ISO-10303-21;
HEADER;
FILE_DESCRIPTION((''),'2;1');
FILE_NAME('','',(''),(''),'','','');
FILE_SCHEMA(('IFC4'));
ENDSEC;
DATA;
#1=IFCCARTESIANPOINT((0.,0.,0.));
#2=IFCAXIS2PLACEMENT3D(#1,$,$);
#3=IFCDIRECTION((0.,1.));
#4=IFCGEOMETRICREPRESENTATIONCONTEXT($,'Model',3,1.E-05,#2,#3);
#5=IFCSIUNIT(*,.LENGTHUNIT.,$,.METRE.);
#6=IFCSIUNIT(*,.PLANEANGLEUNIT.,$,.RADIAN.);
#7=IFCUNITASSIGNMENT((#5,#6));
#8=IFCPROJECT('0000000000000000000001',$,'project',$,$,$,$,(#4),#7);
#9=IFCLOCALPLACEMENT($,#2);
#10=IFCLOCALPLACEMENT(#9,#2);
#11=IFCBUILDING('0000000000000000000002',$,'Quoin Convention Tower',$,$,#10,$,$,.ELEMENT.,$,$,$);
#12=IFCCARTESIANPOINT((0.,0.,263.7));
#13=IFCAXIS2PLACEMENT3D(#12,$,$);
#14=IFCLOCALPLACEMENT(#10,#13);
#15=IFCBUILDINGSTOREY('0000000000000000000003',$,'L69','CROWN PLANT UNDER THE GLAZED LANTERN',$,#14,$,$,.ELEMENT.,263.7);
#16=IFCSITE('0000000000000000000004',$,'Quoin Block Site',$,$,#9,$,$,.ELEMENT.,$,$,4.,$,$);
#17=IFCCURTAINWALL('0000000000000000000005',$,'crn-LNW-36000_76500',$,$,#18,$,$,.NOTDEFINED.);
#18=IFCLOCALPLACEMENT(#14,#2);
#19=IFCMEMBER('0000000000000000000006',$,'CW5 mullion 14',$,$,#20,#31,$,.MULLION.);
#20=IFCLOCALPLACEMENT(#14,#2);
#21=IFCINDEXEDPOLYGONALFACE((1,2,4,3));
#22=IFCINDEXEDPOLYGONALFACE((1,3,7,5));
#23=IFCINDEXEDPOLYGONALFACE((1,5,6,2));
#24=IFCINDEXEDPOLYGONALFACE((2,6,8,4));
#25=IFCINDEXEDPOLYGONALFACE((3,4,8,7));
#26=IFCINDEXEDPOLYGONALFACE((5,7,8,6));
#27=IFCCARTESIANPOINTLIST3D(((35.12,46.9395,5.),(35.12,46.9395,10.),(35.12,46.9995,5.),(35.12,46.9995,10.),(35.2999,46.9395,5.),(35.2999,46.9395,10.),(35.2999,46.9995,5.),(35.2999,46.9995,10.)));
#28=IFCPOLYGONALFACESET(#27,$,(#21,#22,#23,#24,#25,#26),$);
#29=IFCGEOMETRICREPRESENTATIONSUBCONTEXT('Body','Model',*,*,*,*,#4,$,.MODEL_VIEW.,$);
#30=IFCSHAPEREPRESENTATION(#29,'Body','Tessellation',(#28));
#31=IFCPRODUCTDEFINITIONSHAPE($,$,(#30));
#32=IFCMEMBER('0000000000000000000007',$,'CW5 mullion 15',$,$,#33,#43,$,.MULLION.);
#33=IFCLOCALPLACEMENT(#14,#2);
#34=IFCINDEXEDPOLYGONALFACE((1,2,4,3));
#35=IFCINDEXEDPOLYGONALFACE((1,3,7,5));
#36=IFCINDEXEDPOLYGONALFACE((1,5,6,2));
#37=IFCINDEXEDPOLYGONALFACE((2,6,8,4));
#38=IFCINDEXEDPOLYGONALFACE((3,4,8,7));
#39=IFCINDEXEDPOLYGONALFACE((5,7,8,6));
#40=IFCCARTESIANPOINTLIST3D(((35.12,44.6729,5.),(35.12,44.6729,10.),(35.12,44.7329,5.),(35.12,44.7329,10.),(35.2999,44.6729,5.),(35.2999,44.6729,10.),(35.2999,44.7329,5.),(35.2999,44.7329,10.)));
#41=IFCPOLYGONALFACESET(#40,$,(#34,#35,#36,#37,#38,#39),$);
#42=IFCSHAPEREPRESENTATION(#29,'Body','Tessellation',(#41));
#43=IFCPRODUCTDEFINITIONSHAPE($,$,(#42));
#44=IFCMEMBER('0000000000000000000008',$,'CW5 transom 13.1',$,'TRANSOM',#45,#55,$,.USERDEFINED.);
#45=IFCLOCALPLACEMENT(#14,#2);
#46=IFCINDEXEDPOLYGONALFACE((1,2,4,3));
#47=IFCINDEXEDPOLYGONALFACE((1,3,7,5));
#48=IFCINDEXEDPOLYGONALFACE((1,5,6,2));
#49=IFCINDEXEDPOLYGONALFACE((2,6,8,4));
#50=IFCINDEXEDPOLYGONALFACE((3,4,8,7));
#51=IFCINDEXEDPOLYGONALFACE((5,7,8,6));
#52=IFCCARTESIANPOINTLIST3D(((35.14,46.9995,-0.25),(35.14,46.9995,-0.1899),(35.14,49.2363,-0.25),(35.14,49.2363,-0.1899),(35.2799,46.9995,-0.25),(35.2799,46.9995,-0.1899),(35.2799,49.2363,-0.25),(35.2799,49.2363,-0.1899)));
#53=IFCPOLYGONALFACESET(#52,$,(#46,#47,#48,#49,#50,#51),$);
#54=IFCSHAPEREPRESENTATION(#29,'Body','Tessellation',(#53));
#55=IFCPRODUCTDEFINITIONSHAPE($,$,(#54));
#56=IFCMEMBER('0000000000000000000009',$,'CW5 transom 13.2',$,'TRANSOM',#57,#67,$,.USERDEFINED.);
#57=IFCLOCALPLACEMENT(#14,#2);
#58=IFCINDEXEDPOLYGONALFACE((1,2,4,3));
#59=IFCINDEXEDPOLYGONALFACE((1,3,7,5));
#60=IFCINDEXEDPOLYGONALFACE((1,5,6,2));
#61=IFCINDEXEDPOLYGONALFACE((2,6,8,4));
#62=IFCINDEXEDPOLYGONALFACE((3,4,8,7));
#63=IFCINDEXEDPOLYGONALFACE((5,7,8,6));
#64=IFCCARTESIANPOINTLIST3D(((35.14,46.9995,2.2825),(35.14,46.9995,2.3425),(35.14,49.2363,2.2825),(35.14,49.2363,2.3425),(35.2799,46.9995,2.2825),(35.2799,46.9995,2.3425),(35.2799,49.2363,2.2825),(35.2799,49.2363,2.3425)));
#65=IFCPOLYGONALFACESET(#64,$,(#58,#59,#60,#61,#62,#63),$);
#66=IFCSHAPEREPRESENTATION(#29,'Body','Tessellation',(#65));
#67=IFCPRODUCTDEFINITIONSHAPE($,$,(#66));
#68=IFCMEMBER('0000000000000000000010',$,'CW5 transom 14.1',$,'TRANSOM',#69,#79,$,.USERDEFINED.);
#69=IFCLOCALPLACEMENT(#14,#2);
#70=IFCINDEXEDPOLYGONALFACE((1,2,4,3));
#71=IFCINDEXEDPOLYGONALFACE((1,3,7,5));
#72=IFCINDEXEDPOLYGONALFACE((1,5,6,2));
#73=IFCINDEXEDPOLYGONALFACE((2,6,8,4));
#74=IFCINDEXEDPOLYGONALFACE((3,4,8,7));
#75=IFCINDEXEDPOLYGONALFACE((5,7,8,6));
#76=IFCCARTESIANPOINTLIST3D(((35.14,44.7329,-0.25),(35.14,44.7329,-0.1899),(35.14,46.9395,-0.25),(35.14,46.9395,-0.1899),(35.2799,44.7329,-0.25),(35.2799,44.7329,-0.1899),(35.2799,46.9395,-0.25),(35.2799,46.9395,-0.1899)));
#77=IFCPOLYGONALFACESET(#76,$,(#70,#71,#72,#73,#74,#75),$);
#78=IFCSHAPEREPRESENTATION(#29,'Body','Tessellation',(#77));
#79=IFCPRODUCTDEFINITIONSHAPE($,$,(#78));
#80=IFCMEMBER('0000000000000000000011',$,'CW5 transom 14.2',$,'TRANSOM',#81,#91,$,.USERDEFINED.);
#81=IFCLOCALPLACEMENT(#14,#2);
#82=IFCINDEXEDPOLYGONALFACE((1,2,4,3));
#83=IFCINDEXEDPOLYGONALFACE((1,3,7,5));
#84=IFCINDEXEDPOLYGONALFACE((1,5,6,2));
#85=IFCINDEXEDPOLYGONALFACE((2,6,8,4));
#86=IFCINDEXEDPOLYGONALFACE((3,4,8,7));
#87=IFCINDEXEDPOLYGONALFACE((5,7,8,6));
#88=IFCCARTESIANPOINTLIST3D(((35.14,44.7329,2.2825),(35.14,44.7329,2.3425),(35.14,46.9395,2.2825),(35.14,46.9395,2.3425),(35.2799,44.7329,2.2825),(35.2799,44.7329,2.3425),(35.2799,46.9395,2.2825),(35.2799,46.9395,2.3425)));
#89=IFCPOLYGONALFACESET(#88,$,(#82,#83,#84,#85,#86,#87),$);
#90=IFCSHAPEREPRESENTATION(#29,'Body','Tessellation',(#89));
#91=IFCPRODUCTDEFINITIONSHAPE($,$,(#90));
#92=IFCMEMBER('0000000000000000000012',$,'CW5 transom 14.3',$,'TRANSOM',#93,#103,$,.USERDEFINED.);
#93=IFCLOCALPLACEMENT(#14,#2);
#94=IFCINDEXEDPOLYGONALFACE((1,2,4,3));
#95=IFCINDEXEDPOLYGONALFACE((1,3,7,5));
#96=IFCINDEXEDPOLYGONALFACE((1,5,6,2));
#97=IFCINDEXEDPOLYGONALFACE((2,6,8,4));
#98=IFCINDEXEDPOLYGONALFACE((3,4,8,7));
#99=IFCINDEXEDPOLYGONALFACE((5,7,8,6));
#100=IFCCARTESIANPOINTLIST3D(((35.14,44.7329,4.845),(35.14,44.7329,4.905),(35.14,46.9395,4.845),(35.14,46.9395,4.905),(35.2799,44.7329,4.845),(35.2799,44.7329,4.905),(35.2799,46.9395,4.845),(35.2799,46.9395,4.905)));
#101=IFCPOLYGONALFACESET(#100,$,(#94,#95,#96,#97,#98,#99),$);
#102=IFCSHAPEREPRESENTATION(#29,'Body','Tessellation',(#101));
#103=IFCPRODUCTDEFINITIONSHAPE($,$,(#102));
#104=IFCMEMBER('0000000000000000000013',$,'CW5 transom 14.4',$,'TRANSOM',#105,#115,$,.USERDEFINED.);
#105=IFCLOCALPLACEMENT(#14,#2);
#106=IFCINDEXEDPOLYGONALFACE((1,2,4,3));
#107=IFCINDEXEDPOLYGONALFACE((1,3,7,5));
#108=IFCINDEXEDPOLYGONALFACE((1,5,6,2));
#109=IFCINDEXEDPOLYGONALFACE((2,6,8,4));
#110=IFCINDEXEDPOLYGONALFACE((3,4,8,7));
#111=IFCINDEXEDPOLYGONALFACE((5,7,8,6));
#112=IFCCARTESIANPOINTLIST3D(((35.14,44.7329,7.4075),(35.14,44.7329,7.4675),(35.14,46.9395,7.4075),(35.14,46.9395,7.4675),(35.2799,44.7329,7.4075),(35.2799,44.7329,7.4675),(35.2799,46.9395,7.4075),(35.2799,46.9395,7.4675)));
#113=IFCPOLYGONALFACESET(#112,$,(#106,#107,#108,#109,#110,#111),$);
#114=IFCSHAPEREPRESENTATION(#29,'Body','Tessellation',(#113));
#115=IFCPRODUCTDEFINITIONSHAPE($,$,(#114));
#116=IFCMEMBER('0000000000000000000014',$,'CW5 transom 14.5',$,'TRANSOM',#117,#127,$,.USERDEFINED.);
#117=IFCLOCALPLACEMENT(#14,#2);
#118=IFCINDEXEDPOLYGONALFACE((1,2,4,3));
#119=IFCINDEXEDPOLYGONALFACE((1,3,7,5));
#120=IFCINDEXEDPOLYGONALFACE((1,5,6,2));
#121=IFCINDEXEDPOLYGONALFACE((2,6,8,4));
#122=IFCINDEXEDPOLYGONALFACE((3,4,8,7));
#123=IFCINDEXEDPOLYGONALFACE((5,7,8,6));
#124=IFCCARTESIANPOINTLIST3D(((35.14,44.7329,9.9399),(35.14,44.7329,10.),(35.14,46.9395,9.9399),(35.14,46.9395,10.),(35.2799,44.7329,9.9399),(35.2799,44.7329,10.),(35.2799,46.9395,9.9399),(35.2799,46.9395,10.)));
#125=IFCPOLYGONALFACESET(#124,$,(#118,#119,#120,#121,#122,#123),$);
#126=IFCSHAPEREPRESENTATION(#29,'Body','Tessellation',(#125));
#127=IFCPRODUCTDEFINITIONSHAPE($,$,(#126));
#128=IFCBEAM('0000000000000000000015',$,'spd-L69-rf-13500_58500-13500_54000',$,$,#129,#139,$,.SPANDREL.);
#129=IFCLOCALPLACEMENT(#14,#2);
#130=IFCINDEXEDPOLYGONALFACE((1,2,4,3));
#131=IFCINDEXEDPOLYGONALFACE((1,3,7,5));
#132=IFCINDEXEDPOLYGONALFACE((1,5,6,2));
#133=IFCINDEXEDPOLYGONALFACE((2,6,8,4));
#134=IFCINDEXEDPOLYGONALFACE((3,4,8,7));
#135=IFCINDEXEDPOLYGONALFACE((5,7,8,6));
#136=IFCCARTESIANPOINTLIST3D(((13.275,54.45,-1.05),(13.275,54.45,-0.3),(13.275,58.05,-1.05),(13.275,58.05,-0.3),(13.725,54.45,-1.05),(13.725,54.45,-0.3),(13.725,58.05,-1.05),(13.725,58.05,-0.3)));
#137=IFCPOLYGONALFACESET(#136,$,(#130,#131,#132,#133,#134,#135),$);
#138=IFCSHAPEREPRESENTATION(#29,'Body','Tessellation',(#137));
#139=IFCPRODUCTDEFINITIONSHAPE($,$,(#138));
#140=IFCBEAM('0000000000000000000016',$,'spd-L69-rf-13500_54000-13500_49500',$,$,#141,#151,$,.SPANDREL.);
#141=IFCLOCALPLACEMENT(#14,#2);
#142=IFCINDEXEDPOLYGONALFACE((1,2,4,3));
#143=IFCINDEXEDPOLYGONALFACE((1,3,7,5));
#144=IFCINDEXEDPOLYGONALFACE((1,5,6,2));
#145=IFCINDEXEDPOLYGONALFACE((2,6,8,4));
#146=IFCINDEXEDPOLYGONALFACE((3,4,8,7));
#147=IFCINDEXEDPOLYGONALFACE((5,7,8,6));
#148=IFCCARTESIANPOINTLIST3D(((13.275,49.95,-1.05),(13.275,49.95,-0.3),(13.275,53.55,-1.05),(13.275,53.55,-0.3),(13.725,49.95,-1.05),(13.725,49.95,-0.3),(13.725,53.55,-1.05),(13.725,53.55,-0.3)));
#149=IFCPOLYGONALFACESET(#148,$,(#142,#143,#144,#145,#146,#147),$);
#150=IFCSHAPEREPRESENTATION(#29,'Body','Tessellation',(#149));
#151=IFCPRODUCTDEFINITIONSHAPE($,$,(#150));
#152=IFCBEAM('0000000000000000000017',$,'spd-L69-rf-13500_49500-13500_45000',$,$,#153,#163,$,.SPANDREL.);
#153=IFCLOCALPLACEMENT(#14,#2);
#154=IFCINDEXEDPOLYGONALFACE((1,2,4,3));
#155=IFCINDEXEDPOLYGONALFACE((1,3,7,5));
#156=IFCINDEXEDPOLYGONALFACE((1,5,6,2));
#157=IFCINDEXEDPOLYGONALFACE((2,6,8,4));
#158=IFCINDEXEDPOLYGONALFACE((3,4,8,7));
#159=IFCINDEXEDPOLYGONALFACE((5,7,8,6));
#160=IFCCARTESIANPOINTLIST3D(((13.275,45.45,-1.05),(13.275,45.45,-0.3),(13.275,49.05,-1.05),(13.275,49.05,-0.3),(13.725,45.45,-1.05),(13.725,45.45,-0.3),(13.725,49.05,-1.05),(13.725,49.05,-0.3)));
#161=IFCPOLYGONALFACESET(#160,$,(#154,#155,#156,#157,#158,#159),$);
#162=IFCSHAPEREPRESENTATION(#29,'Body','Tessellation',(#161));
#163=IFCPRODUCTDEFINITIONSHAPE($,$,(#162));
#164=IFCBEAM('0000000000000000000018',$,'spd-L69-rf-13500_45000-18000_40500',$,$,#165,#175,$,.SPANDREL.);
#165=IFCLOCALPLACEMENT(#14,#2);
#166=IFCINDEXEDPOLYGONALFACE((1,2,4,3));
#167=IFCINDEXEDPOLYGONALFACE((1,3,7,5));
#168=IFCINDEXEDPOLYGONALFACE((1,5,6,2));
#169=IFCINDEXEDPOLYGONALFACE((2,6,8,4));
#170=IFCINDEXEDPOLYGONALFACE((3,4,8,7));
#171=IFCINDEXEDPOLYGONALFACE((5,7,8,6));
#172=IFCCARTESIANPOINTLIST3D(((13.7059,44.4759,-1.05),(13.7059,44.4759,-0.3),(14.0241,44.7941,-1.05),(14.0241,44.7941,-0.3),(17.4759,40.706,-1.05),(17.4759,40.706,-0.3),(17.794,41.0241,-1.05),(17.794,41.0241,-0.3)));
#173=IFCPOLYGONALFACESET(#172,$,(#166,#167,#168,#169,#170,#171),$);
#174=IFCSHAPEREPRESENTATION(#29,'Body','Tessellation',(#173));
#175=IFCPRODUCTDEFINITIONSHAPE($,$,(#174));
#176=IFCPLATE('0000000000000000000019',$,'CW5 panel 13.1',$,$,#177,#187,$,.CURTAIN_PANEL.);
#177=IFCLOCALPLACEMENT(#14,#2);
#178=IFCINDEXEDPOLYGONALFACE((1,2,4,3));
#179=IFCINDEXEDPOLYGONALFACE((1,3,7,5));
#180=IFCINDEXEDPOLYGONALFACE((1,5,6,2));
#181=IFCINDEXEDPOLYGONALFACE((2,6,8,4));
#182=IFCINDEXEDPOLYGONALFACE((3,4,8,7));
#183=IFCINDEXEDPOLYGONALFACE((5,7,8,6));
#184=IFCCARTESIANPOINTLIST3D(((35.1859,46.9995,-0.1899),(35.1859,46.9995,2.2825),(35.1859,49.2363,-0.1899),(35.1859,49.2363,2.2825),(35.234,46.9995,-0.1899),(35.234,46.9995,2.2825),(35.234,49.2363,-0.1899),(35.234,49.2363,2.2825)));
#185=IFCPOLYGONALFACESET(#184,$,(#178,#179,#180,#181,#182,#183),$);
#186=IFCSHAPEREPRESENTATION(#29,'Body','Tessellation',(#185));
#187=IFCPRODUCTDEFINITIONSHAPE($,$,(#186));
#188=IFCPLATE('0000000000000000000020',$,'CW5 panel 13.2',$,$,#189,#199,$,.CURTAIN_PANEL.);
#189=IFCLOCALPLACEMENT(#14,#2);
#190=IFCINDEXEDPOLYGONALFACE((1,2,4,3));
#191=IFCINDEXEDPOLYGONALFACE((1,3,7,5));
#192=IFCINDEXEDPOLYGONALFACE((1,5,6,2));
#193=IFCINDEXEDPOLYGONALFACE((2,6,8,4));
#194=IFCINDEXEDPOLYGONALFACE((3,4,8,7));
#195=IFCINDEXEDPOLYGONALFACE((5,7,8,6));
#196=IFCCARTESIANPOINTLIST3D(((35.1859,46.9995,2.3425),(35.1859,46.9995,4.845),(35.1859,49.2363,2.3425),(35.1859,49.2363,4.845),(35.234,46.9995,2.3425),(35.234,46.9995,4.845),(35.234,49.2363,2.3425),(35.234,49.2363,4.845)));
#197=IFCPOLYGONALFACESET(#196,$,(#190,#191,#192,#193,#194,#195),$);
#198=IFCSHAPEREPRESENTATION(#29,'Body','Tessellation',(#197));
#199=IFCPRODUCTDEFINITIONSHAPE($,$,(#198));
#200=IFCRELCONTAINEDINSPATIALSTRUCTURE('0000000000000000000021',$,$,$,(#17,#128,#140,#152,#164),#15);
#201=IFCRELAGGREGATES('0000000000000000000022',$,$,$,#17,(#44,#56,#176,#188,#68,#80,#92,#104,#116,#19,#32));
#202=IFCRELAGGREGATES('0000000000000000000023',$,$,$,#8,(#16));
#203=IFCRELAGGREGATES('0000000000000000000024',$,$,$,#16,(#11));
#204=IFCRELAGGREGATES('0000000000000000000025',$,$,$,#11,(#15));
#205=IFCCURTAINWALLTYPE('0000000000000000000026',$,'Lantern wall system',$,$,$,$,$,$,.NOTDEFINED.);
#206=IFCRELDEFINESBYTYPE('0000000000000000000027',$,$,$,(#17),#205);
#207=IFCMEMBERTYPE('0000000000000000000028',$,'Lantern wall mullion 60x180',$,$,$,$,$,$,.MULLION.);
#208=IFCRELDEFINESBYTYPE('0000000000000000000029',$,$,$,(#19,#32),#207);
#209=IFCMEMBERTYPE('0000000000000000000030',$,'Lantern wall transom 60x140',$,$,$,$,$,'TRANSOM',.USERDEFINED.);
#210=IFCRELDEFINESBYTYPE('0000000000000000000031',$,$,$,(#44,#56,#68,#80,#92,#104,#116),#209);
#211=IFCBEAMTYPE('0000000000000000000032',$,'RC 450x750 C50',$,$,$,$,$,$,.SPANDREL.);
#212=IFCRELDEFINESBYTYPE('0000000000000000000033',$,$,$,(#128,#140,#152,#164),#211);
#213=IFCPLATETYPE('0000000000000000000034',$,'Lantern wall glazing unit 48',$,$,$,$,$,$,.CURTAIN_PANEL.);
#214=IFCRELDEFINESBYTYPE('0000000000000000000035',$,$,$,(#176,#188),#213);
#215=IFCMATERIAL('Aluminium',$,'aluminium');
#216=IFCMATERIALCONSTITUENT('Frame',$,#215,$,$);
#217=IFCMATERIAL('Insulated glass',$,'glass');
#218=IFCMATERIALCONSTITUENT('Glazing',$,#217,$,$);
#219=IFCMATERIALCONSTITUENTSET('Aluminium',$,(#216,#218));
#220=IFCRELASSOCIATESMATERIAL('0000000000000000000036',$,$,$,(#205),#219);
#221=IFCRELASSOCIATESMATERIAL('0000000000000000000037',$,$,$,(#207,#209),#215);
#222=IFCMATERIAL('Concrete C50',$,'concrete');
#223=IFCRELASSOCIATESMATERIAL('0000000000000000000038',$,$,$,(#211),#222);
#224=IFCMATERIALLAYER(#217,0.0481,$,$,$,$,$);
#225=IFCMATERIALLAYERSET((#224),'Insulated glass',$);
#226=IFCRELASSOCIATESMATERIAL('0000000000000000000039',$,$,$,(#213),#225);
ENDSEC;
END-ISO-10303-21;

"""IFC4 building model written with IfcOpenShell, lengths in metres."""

from ifc_helpers import new_model, si_unit, direction, frame, origin, origin_2d, place, context, subcontext, project, spatial, rectangle, extrude, material, layer, layer_set, constituent, constituent_set, material_profile, profile_set, type_object, element, aggregate, save


model = new_model("IFC4")

# Units and contexts
model_context = context("Model", 3, precision=1e-05, world=origin(), true_north=direction((0.0, 1.0)))
body_context = subcontext(model_context, "Body", "Model", "MODEL_VIEW")
ifc_project = project(units=[si_unit("LENGTHUNIT", "METRE"), si_unit("PLANEANGLEUNIT", "RADIAN")], contexts=[model_context])

# Site, building, storey
site_placement = place(None, origin())
site = spatial("IfcSite", under=ifc_project, at=site_placement, Name="Quoin Block Site", CompositionType="ELEMENT", RefElevation=4.0)
building_placement = place(site_placement, origin())
building = spatial("IfcBuilding", under=site, at=building_placement, Name="Quoin Convention Tower", CompositionType="ELEMENT")
storey_placement = place(building_placement, frame((0.0, 0.0, 263.7)))
storey = spatial("IfcBuildingStorey", under=building, at=storey_placement, Name="L69", Description="CROWN PLANT UNDER THE GLAZED LANTERN", CompositionType="ELEMENT", Elevation=263.7)

# Curtain wall, members
ifc_material_1 = material(Name="Aluminium", Category="aluminium")
ifc_constituent_1 = constituent(ifc_material_1, Name="Frame")
ifc_material_2 = material(Name="Insulated glass", Category="glass")
ifc_constituent_2 = constituent(ifc_material_2, Name="Glazing")
ifc_constituent_set = constituent_set(constituents=[ifc_constituent_1, ifc_constituent_2], Name="Aluminium")
curtain_wall_type = type_object("IfcCurtainWallType", Name="Lantern wall system", PredefinedType="NOTDEFINED", material=ifc_constituent_set)
curtain_wall_placement = place(storey_placement, origin())
curtain_wall = element("IfcCurtainWall", 1, at=curtain_wall_placement, inside=storey, type_object=curtain_wall_type, Name="crn-LNW-36000_76500", PredefinedType="NOTDEFINED")
ifc_material_profile_1 = material_profile(ifc_material_1, rectangle(XDim=0.1799, YDim=0.0601, at=origin_2d()), Name="Lantern wall mullion 60x180")
ifc_profile_set_1 = profile_set([ifc_material_profile_1], Name="Aluminium")
member_type_1 = type_object("IfcMemberType", Name="Lantern wall mullion 60x180", PredefinedType="MULLION", material=ifc_profile_set_1)
member_1_placement = place(storey_placement, frame((35.21, 46.9695, 5.0), z_axis=(0.0, 0.0, 1.0), x_axis=(1.0, 0.0, 0.0)))
member_1 = element("IfcMember", 2, at=member_1_placement, type_object=member_type_1, Name="CW5 mullion 14", PredefinedType="MULLION", context=body_context, shape_type="SweptSolid", body=[
    extrude(rectangle(XDim=0.1799, YDim=0.0601, at=origin_2d()), origin(), (0.0, 0.0, 1.0), 5.0),
])
member_2_placement = place(storey_placement, frame((35.21, 44.7029, 5.0), z_axis=(0.0, 0.0, 1.0), x_axis=(1.0, 0.0, 0.0)))
member_2 = element("IfcMember", 3, at=member_2_placement, type_object=member_type_1, Name="CW5 mullion 15", PredefinedType="MULLION", context=body_context, shape_type="SweptSolid", body=[
    extrude(rectangle(XDim=0.1799, YDim=0.0601, at=origin_2d()), origin(), (0.0, 0.0, 1.0), 5.0),
])
ifc_material_profile_2 = material_profile(ifc_material_1, rectangle(XDim=0.1399, YDim=0.0601, at=origin_2d()), Name="Lantern wall transom 60x140")
ifc_profile_set_2 = profile_set([ifc_material_profile_2], Name="Aluminium")
member_type_2 = type_object("IfcMemberType", Name="Lantern wall transom 60x140", ElementType="TRANSOM", PredefinedType="USERDEFINED", material=ifc_profile_set_2)
member_3_placement = place(storey_placement, frame((35.21, 49.2363, -0.22), z_axis=(0.0, -1.0, 0.0), x_axis=(1.0, 0.0, 0.0)))
member_3 = element("IfcMember", 4, at=member_3_placement, type_object=member_type_2, Name="CW5 transom 13.1", ObjectType="TRANSOM", PredefinedType="USERDEFINED", context=body_context, shape_type="SweptSolid", body=[
    extrude(rectangle(XDim=0.1399, YDim=0.0601, at=origin_2d()), origin(), (0.0, 0.0, 1.0), 2.2368),
])
member_4_placement = place(storey_placement, frame((35.21, 49.2363, 2.3125), z_axis=(0.0, -1.0, 0.0), x_axis=(1.0, 0.0, 0.0)))
member_4 = element("IfcMember", 5, at=member_4_placement, type_object=member_type_2, Name="CW5 transom 13.2", ObjectType="TRANSOM", PredefinedType="USERDEFINED", context=body_context, shape_type="SweptSolid", body=[
    extrude(rectangle(XDim=0.1399, YDim=0.0601, at=origin_2d()), origin(), (0.0, 0.0, 1.0), 2.2368),
])
member_5_placement = place(storey_placement, frame((35.21, 46.9395, -0.22), z_axis=(0.0, -1.0, 0.0), x_axis=(1.0, 0.0, 0.0)))
member_5 = element("IfcMember", 6, at=member_5_placement, type_object=member_type_2, Name="CW5 transom 14.1", ObjectType="TRANSOM", PredefinedType="USERDEFINED", context=body_context, shape_type="SweptSolid", body=[
    extrude(rectangle(XDim=0.1399, YDim=0.0601, at=origin_2d()), origin(), (0.0, 0.0, 1.0), 2.2065),
])
member_6_placement = place(storey_placement, frame((35.21, 46.9395, 2.3125), z_axis=(0.0, -1.0, 0.0), x_axis=(1.0, 0.0, 0.0)))
member_6 = element("IfcMember", 7, at=member_6_placement, type_object=member_type_2, Name="CW5 transom 14.2", ObjectType="TRANSOM", PredefinedType="USERDEFINED", context=body_context, shape_type="SweptSolid", body=[
    extrude(rectangle(XDim=0.1399, YDim=0.0601, at=origin_2d()), origin(), (0.0, 0.0, 1.0), 2.2065),
])
member_7_placement = place(storey_placement, frame((35.21, 46.9395, 4.875), z_axis=(0.0, -1.0, 0.0), x_axis=(1.0, 0.0, 0.0)))
member_7 = element("IfcMember", 8, at=member_7_placement, type_object=member_type_2, Name="CW5 transom 14.3", ObjectType="TRANSOM", PredefinedType="USERDEFINED", context=body_context, shape_type="SweptSolid", body=[
    extrude(rectangle(XDim=0.1399, YDim=0.0601, at=origin_2d()), origin(), (0.0, 0.0, 1.0), 2.2065),
])
member_8_placement = place(storey_placement, frame((35.21, 46.9395, 7.4375), z_axis=(0.0, -1.0, 0.0), x_axis=(1.0, 0.0, 0.0)))
member_8 = element("IfcMember", 9, at=member_8_placement, type_object=member_type_2, Name="CW5 transom 14.4", ObjectType="TRANSOM", PredefinedType="USERDEFINED", context=body_context, shape_type="SweptSolid", body=[
    extrude(rectangle(XDim=0.1399, YDim=0.0601, at=origin_2d()), origin(), (0.0, 0.0, 1.0), 2.2065),
])
member_9_placement = place(storey_placement, frame((35.21, 46.9395, 9.97), z_axis=(0.0, -1.0, 0.0), x_axis=(1.0, 0.0, 0.0)))
member_9 = element("IfcMember", 10, at=member_9_placement, type_object=member_type_2, Name="CW5 transom 14.5", ObjectType="TRANSOM", PredefinedType="USERDEFINED", context=body_context, shape_type="SweptSolid", body=[
    extrude(rectangle(XDim=0.1399, YDim=0.0601, at=origin_2d()), origin(), (0.0, 0.0, 1.0), 2.2065),
])

# Beams
ifc_material_3 = material(Name="Concrete C50", Category="concrete")
ifc_material_profile_3 = material_profile(ifc_material_3, rectangle(XDim=0.45, YDim=0.75, at=origin_2d()), Name="RC 450x750")
ifc_profile_set_3 = profile_set([ifc_material_profile_3], Name="Concrete C50")
beam_type_1 = type_object("IfcBeamType", Name="RC 450x750 C50", PredefinedType="SPANDREL", material=ifc_profile_set_3)
for number, where, z_axis, x_axis, name in (
    (11, (13.5, 58.05, -0.675), (0.0, -1.0, 0.0), (1.0, 0.0, 0.0), "spd-L69-rf-13500_58500-13500_54000"),
    (12, (13.5, 53.55, -0.675), (0.0, -1.0, 0.0), (1.0, 0.0, 0.0), "spd-L69-rf-13500_54000-13500_49500"),
    (13, (13.5, 49.05, -0.675), (0.0, -1.0, 0.0), (1.0, 0.0, 0.0), "spd-L69-rf-13500_49500-13500_45000"),
):
    element("IfcBeam", number, at=place(storey_placement, frame(where, z_axis=z_axis, x_axis=x_axis)), inside=storey, type_object=beam_type_1, Name=name, PredefinedType="SPANDREL", context=body_context, shape_type="SweptSolid", body=[
        extrude(rectangle(XDim=0.45, YDim=0.75, at=origin_2d()), origin(), (0.0, 0.0, 1.0), 3.6001),
    ])
beam_1_placement = place(storey_placement, frame((13.865, 44.635, -0.675), z_axis=(0.707107, -0.707107, 0.0), x_axis=(0.707107, 0.707107, 0.0)))
element("IfcBeam", 14, at=beam_1_placement, inside=storey, type_object=beam_type_1, Name="spd-L69-rf-13500_45000-18000_40500", PredefinedType="SPANDREL", context=body_context, shape_type="SweptSolid", body=[
    extrude(rectangle(XDim=0.45, YDim=0.75, at=origin_2d()), origin(), (0.0, 0.0, 1.0), 5.3315),
])

# Plates
ifc_layer_1 = layer(ifc_material_2, 0.0481)
ifc_layer_set_1 = layer_set([ifc_layer_1], Name="Insulated glass")
plate_type = type_object("IfcPlateType", Name="Lantern wall glazing unit 48", PredefinedType="CURTAIN_PANEL", material=ifc_layer_set_1)
plate_1_placement = place(storey_placement, frame((35.21, 48.1179, -0.1899), z_axis=(0.0, 0.0, 1.0), x_axis=(0.0, -1.0, 0.0)))
plate_1 = element("IfcPlate", 15, at=plate_1_placement, type_object=plate_type, Name="CW5 panel 13.1", PredefinedType="CURTAIN_PANEL", context=body_context, shape_type="SweptSolid", body=[
    extrude(rectangle(XDim=2.2368, YDim=0.0481, at=origin_2d()), origin(), (0.0, 0.0, 1.0), 2.4724),
])
plate_2_placement = place(storey_placement, frame((35.21, 48.1179, 2.3425), z_axis=(0.0, 0.0, 1.0), x_axis=(0.0, -1.0, 0.0)))
plate_2 = element("IfcPlate", 16, at=plate_2_placement, type_object=plate_type, Name="CW5 panel 13.2", PredefinedType="CURTAIN_PANEL", context=body_context, shape_type="SweptSolid", body=[
    extrude(rectangle(XDim=2.2368, YDim=0.0481, at=origin_2d()), origin(), (0.0, 0.0, 1.0), 2.5024),
])
aggregate(curtain_wall, [member_3, member_4, plate_1, plate_2, member_5, member_6, member_7, member_8, member_9, member_1, member_2])

save(model, "model.ifc")
